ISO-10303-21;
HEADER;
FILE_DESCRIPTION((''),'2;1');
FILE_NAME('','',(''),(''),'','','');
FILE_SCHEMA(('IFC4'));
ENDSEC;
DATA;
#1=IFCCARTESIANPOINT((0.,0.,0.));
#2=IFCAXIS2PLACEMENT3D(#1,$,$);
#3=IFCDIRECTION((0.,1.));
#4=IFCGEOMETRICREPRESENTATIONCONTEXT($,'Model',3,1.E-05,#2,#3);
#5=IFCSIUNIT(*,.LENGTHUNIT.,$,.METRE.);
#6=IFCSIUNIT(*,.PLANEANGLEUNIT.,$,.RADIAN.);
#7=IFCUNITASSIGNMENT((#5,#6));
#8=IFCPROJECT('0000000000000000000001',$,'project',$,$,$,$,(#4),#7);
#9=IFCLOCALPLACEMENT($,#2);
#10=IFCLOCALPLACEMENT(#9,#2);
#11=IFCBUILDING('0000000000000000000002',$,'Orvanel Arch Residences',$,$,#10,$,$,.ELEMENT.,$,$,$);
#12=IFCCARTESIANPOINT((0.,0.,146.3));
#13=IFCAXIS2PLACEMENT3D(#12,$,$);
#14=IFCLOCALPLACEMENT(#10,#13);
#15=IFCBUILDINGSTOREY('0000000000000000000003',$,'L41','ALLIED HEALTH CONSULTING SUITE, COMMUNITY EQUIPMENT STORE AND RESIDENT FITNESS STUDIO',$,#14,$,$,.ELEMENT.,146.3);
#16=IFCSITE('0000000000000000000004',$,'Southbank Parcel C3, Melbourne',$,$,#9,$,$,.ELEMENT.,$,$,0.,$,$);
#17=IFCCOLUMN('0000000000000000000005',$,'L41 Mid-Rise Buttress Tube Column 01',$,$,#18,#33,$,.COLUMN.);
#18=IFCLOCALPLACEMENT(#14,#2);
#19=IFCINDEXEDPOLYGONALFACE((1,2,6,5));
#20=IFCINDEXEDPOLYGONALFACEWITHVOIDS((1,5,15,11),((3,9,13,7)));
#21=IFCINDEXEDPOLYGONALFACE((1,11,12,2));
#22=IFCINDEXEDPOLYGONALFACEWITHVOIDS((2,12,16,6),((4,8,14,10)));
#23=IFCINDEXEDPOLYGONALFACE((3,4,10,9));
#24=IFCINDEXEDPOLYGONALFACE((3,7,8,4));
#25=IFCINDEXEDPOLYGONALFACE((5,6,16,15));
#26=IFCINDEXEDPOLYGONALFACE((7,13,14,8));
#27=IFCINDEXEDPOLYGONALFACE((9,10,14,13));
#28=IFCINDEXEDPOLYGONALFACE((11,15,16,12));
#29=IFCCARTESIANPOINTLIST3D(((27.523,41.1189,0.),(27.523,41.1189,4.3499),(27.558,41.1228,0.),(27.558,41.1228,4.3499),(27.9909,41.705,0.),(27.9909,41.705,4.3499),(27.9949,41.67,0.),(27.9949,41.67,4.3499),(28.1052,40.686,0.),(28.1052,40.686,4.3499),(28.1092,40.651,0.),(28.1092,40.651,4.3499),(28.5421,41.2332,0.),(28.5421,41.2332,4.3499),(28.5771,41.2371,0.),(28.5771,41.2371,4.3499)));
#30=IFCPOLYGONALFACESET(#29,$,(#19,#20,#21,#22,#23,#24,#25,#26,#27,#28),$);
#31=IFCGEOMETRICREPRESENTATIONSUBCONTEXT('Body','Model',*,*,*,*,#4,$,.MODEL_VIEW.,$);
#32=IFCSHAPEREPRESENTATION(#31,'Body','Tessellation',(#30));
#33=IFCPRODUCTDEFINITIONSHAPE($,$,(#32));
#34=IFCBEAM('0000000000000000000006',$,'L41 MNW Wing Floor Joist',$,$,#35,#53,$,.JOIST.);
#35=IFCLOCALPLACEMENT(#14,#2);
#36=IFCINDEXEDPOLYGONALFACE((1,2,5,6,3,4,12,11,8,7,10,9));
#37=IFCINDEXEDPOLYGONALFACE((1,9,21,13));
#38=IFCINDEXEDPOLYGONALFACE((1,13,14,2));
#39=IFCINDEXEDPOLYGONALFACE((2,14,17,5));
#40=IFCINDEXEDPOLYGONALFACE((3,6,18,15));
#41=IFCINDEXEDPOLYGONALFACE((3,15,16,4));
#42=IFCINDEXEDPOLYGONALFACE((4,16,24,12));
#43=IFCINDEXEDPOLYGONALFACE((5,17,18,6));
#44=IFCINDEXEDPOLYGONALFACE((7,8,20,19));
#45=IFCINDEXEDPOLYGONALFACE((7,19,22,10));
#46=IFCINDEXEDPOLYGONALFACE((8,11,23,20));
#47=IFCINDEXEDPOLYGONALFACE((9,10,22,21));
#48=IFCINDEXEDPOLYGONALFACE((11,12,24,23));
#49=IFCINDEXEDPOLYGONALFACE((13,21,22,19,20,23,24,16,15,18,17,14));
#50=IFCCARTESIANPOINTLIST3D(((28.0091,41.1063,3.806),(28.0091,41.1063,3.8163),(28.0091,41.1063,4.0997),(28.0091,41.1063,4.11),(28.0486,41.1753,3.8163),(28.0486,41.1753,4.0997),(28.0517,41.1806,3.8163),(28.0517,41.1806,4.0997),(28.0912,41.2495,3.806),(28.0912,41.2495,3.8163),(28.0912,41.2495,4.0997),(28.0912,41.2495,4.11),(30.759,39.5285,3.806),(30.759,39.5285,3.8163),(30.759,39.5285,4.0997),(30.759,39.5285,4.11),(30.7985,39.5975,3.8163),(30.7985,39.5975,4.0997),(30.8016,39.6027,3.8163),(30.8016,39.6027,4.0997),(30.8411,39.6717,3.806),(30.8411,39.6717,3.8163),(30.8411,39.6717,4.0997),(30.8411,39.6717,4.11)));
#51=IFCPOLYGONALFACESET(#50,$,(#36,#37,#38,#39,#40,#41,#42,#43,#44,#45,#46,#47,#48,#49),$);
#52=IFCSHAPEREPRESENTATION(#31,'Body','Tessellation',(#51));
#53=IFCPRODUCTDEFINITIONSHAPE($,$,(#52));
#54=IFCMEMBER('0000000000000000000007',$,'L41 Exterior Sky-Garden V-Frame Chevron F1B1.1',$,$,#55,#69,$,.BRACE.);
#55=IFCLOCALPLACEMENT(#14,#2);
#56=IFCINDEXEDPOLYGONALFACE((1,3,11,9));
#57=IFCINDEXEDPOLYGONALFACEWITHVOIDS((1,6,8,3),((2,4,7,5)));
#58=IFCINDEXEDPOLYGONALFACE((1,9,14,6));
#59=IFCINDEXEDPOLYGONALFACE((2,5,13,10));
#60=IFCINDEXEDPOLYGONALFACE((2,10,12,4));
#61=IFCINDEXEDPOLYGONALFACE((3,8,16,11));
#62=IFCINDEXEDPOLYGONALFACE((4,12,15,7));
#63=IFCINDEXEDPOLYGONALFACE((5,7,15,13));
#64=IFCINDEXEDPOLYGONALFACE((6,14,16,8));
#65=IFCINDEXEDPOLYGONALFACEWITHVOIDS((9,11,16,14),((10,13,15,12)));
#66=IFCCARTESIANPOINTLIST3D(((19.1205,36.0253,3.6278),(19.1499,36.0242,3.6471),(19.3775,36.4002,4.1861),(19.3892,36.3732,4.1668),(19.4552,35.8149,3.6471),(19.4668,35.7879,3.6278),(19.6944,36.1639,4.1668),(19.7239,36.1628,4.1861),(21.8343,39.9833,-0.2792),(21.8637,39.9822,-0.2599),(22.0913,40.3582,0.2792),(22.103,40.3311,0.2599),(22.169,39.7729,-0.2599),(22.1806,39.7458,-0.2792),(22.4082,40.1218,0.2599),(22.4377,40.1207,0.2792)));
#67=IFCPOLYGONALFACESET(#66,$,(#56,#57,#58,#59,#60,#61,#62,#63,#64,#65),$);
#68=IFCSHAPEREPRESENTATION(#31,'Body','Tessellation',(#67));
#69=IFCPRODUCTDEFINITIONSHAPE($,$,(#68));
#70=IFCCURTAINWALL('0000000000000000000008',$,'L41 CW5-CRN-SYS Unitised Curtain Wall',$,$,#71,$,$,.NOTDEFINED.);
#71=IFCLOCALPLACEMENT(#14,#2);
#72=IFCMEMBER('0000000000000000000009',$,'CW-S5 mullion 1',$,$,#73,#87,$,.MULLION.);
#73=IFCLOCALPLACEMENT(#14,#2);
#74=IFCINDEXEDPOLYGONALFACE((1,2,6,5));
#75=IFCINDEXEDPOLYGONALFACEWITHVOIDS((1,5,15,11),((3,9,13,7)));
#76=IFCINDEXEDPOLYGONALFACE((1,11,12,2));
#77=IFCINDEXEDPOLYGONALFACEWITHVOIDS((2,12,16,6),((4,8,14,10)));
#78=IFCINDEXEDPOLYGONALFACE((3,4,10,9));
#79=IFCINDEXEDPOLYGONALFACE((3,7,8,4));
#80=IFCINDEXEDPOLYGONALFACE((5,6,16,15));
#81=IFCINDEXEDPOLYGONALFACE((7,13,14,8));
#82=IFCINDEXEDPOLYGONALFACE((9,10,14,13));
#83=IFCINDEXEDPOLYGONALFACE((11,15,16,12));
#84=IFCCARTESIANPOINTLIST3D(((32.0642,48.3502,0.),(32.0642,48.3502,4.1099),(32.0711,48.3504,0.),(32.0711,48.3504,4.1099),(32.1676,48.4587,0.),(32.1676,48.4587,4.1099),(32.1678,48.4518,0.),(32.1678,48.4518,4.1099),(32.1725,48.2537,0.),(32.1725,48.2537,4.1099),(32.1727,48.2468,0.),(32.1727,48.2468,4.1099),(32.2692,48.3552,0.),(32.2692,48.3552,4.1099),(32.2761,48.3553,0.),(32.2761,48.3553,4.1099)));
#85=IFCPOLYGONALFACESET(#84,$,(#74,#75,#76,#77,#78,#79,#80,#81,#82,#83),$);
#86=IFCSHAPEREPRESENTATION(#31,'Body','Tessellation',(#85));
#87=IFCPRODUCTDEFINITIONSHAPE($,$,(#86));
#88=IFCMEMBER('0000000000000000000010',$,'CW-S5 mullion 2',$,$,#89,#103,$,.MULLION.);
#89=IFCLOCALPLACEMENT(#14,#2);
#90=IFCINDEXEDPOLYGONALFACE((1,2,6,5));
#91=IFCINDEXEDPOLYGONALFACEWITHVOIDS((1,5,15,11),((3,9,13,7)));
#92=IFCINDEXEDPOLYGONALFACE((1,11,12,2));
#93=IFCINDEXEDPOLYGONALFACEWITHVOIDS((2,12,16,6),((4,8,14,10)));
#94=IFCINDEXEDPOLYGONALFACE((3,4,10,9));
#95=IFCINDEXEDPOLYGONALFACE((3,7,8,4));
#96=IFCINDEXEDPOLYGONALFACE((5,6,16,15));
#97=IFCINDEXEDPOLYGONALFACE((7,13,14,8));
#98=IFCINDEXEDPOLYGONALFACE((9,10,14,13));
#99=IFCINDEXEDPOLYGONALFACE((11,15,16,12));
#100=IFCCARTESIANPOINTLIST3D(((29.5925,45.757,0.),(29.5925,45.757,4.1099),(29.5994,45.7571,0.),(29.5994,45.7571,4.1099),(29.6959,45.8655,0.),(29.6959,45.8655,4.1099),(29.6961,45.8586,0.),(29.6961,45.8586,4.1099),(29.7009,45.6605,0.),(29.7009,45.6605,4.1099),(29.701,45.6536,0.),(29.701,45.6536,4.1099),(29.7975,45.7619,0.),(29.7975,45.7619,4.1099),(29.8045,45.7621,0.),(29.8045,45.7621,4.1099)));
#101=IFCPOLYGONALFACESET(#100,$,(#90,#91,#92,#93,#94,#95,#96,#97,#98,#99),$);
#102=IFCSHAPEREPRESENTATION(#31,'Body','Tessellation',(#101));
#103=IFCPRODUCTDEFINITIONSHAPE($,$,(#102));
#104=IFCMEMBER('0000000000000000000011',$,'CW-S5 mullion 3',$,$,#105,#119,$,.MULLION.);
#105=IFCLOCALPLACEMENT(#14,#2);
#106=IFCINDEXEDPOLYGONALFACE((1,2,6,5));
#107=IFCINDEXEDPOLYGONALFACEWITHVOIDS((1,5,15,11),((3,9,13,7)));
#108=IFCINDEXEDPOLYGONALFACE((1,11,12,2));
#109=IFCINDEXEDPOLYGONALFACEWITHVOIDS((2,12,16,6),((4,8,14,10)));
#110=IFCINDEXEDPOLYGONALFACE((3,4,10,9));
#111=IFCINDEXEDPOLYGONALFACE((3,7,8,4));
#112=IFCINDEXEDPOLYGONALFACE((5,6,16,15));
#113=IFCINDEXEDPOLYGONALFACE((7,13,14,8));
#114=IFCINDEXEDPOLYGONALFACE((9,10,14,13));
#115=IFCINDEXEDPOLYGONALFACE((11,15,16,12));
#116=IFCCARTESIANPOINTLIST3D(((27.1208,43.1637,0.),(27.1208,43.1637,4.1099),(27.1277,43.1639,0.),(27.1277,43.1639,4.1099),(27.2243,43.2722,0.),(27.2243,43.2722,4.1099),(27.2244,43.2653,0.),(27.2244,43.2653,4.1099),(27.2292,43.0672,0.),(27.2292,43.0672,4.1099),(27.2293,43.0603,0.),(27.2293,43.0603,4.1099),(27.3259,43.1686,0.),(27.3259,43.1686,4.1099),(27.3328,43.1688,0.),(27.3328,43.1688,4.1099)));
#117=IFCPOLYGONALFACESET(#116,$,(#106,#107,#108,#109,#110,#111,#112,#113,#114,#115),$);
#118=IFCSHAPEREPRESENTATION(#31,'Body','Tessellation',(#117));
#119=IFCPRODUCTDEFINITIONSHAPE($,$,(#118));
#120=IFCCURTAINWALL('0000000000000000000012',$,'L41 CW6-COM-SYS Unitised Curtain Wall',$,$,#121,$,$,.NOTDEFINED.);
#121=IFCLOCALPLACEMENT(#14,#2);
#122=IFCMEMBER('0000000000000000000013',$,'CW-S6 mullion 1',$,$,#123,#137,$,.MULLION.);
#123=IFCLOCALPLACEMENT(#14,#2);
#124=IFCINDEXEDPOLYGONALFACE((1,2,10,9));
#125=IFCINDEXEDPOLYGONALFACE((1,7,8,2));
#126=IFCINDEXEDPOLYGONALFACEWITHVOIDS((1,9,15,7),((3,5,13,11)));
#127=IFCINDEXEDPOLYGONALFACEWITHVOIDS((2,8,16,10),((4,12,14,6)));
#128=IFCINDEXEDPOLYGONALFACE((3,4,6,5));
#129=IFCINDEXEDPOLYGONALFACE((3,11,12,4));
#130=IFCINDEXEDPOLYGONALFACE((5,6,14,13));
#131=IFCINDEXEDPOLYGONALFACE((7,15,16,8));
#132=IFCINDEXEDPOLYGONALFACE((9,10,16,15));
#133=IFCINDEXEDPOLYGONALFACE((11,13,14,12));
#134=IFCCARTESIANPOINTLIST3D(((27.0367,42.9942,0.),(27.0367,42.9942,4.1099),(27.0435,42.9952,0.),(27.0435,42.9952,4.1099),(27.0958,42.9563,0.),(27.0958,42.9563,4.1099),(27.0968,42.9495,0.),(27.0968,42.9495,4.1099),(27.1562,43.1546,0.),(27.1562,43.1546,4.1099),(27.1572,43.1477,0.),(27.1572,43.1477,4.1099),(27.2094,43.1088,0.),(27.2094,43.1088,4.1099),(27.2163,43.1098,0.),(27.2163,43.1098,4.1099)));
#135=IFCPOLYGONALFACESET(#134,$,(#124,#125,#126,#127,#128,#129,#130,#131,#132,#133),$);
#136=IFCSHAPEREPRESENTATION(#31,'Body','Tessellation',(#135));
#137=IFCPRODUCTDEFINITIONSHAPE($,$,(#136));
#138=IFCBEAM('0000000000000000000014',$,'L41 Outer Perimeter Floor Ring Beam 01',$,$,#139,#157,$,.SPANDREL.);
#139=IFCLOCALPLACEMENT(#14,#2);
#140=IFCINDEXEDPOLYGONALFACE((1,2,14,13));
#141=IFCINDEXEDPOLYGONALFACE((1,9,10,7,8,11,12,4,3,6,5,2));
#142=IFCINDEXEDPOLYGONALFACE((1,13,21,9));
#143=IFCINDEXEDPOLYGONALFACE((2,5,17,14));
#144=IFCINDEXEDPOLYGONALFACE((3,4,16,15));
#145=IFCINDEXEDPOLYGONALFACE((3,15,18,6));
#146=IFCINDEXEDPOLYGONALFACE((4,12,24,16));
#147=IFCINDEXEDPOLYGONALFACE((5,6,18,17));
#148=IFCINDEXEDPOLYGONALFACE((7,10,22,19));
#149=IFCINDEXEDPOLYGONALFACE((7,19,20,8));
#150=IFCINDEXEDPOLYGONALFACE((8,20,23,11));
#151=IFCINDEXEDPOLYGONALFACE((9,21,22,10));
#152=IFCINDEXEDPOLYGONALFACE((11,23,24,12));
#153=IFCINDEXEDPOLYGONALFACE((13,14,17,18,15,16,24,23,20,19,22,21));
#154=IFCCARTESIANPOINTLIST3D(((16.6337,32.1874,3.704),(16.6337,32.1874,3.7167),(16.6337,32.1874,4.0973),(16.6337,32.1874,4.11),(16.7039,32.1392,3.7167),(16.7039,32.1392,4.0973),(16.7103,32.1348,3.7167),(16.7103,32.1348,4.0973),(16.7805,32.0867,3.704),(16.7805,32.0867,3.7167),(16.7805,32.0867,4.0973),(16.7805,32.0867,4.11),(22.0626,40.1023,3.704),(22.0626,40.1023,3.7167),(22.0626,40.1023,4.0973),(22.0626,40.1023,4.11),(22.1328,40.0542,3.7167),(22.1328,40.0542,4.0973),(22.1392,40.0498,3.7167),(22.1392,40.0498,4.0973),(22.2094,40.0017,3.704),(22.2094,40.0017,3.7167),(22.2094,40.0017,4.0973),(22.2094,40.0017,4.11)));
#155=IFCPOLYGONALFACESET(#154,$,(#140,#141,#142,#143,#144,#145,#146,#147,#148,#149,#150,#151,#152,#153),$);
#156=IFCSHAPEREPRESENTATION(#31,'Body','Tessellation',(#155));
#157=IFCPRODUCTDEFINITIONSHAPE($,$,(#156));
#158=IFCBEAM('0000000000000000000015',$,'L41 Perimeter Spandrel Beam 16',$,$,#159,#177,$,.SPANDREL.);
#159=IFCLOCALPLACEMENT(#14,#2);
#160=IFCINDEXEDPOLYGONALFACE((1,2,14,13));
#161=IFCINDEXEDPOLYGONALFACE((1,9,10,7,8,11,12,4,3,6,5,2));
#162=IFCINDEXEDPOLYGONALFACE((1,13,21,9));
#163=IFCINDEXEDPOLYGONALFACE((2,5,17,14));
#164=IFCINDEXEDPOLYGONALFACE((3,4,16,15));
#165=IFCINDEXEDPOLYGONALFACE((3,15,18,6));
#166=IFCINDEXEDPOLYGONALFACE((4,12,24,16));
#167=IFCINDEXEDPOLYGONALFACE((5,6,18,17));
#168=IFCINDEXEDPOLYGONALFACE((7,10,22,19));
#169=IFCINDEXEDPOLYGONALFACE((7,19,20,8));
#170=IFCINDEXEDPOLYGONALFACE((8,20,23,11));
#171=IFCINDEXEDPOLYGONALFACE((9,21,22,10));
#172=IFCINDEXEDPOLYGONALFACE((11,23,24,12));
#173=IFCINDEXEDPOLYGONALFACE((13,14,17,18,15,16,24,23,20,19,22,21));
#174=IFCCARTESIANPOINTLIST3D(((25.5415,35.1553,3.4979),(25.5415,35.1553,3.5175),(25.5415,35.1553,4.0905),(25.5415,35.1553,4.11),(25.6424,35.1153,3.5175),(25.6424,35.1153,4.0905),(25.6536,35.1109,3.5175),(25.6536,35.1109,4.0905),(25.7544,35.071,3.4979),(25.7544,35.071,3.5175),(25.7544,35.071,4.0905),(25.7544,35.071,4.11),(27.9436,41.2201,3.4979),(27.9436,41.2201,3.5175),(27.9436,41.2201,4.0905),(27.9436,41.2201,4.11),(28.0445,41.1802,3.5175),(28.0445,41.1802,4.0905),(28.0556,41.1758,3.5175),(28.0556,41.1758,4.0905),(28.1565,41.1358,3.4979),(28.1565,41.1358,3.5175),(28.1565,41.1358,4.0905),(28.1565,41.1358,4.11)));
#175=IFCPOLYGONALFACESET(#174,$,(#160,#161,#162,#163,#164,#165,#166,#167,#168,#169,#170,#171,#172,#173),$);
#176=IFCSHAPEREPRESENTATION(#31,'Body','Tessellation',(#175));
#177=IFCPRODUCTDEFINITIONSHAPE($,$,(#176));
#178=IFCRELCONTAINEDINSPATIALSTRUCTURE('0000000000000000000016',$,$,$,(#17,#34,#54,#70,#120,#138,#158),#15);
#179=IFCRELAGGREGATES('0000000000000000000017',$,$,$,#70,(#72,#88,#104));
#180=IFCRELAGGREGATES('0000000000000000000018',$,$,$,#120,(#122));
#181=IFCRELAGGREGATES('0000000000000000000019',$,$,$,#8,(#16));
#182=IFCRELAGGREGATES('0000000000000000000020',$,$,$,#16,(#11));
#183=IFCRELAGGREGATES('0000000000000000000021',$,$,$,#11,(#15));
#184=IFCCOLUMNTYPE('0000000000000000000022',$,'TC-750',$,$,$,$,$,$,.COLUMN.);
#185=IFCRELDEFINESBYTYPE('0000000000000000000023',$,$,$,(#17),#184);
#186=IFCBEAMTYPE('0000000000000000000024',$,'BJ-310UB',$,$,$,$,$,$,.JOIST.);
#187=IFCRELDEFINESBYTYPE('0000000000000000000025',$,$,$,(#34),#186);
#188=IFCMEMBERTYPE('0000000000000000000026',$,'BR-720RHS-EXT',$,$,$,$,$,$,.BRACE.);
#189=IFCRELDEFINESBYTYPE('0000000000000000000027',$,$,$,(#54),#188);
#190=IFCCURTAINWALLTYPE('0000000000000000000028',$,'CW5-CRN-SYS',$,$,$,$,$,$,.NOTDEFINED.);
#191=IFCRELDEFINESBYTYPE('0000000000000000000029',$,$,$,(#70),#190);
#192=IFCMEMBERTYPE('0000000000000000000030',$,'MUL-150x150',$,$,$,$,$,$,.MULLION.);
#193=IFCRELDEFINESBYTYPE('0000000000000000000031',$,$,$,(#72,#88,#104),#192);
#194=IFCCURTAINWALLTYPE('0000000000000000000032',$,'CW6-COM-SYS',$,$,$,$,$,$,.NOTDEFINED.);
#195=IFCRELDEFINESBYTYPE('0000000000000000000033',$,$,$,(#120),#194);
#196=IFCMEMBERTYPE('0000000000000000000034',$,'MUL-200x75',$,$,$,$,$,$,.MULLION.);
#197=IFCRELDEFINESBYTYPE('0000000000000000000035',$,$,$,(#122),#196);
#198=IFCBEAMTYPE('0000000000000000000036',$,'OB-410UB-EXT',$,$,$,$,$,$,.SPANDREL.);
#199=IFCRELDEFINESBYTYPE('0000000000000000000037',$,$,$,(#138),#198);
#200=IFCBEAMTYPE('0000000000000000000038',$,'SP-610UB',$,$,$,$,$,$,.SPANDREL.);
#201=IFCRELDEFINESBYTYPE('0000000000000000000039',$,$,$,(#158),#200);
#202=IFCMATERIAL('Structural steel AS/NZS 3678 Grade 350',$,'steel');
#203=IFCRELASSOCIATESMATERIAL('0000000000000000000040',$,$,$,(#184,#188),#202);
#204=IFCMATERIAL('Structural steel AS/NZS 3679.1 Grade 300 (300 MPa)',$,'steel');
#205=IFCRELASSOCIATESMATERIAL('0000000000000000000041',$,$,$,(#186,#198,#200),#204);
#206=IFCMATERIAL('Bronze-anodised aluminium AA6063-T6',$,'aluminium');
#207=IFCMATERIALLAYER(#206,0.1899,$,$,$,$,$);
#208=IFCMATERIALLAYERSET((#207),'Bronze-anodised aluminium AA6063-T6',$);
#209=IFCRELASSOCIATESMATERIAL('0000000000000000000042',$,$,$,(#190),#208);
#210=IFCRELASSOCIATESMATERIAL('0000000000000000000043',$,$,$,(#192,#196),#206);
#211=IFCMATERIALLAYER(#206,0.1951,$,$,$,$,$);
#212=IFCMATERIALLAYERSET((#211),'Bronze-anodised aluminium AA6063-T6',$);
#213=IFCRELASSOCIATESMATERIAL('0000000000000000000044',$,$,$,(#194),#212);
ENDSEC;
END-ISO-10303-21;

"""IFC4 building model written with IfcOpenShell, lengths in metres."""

from ifc_helpers import new_model, si_unit, direction, frame, origin, origin_2d, place, context, subcontext, project, spatial, hollow_rectangle, i_section, extrude, material, layer, layer_set, material_profile, profile_set, type_object, element, aggregate, save


model = new_model("IFC4")

# Units and contexts
model_context = context("Model", 3, precision=1e-05, world=origin(), true_north=direction((0.0, 1.0)))
body_context = subcontext(model_context, "Body", "Model", "MODEL_VIEW")
ifc_project = project(units=[si_unit("LENGTHUNIT", "METRE"), si_unit("PLANEANGLEUNIT", "RADIAN")], contexts=[model_context])

# Site, building, storey
site_placement = place(None, origin())
site = spatial("IfcSite", under=ifc_project, at=site_placement, Name="Southbank Parcel C3, Melbourne", CompositionType="ELEMENT", RefElevation=0.0)
building_placement = place(site_placement, origin())
building = spatial("IfcBuilding", under=site, at=building_placement, Name="Orvanel Arch Residences", CompositionType="ELEMENT")
storey_placement = place(building_placement, frame((0.0, 0.0, 146.3)))
storey = spatial("IfcBuildingStorey", under=building, at=storey_placement, Name="L41", Description="ALLIED HEALTH CONSULTING SUITE, COMMUNITY EQUIPMENT STORE AND RESIDENT FITNESS STUDIO", CompositionType="ELEMENT", Elevation=146.3)

# Column
ifc_material_1 = material(Name="Structural steel AS/NZS 3678 Grade 350", Category="steel")
ifc_material_profile_1 = material_profile(ifc_material_1, hollow_rectangle(XDim=0.75, YDim=0.75, WallThickness=0.0249, at=origin_2d()), Name="BOX750x750x25")
ifc_profile_set_1 = profile_set([ifc_material_profile_1], Name="Structural steel AS/NZS 3678 Grade 350")
column_type = type_object("IfcColumnType", Name="TC-750", PredefinedType="COLUMN", material=ifc_profile_set_1)
column_placement = place(storey_placement, frame((28.05, 41.178, 0.0), z_axis=(0.0, 0.0, 1.0), x_axis=(0.62388, 0.78152, 0.0)))
element("IfcColumn", 1, at=column_placement, inside=storey, type_object=column_type, Name="L41 Mid-Rise Buttress Tube Column 01", PredefinedType="COLUMN", context=body_context, shape_type="SweptSolid", body=[
    extrude(hollow_rectangle(XDim=0.75, YDim=0.75, WallThickness=0.0249, at=origin_2d()), origin(), (0.0, 0.0, 1.0), 4.3499),
])

# Beam
ifc_material_2 = material(Name="Structural steel AS/NZS 3679.1 Grade 300 (300 MPa)", Category="steel")
ifc_material_profile_2 = material_profile(ifc_material_2, i_section(OverallWidth=0.165, OverallDepth=0.304, WebThickness=0.0061, FlangeThickness=0.0103, at=origin_2d()), Name="310UB40.4")
ifc_profile_set_2 = profile_set([ifc_material_profile_2], Name="Structural steel AS/NZS 3679.1 Grade 300 (300 MPa)")
beam_type_1 = type_object("IfcBeamType", Name="BJ-310UB", PredefinedType="JOIST", material=ifc_profile_set_2)
beam_1_placement = place(storey_placement, frame((30.8, 39.6001, 3.958), z_axis=(-0.867365, 0.497672, 0.0), x_axis=(-0.497672, -0.867365, 0.0)))
element("IfcBeam", 2, at=beam_1_placement, inside=storey, type_object=beam_type_1, Name="L41 MNW Wing Floor Joist", PredefinedType="JOIST", context=body_context, shape_type="SweptSolid", body=[
    extrude(i_section(OverallWidth=0.165, OverallDepth=0.304, WebThickness=0.0061, FlangeThickness=0.0103, at=origin_2d()), origin(), (0.0, 0.0, 1.0), 3.1704),
])

# Member
ifc_material_profile_3 = material_profile(ifc_material_1, hollow_rectangle(XDim=0.4199, YDim=0.72, WallThickness=0.0249, at=origin_2d()), Name="RHS720x420x25")
ifc_profile_set_3 = profile_set([ifc_material_profile_3], Name="Structural steel AS/NZS 3678 Grade 350")
member_type_1 = type_object("IfcMemberType", Name="BR-720RHS-EXT", PredefinedType="BRACE", material=ifc_profile_set_3)
member_1_placement = place(storey_placement, frame((22.136, 40.052, 0.0), z_axis=(-0.438546, -0.639592, 0.631347), x_axis=(0.824748, -0.565501, 0.0)))
element("IfcMember", 3, at=member_1_placement, inside=storey, type_object=member_type_1, Name="L41 Exterior Sky-Garden V-Frame Chevron F1B1.1", PredefinedType="BRACE", context=body_context, shape_type="SweptSolid", body=[
    extrude(hollow_rectangle(XDim=0.4199, YDim=0.72, WallThickness=0.0249, at=origin_2d()), origin(), (0.0, 0.0, 1.0), 6.1882),
])

# Curtain wall, members
ifc_material_3 = material(Name="Bronze-anodised aluminium AA6063-T6", Category="aluminium")
ifc_layer_1 = layer(ifc_material_3, 0.1899)
ifc_layer_set_1 = layer_set([ifc_layer_1], Name="Bronze-anodised aluminium AA6063-T6")
curtain_wall_type_1 = type_object("IfcCurtainWallType", Name="CW5-CRN-SYS", PredefinedType="NOTDEFINED", material=ifc_layer_set_1)
curtain_wall_1_placement = place(storey_placement, origin())
curtain_wall_1 = element("IfcCurtainWall", 4, at=curtain_wall_1_placement, inside=storey, type_object=curtain_wall_type_1, Name="L41 CW5-CRN-SYS Unitised Curtain Wall", PredefinedType="NOTDEFINED")
ifc_material_profile_4 = material_profile(ifc_material_3, hollow_rectangle(XDim=0.1499, YDim=0.1499, WallThickness=0.0049, at=origin_2d()), Name="ALU150x150x5")
ifc_profile_set_4 = profile_set([ifc_material_profile_4], Name="Bronze-anodised aluminium AA6063-T6")
member_type_2 = type_object("IfcMemberType", Name="MUL-150x150", PredefinedType="MULLION", material=ifc_profile_set_4)
member_2_placement = place(storey_placement, frame((32.1702, 48.3528, 0.0), z_axis=(0.0, 0.0, 1.0), x_axis=(0.723855, -0.689952, 0.0)))
member_2 = element("IfcMember", 5, at=member_2_placement, type_object=member_type_2, Name="CW-S5 mullion 1", PredefinedType="MULLION", context=body_context, shape_type="SweptSolid", body=[
    extrude(hollow_rectangle(XDim=0.1499, YDim=0.1499, WallThickness=0.0049, at=origin_2d()), origin(), (0.0, 0.0, 1.0), 4.1099),
])
member_3_placement = place(storey_placement, frame((29.6985, 45.7595, 0.0), z_axis=(0.0, 0.0, 1.0), x_axis=(0.723855, -0.689952, 0.0)))
member_3 = element("IfcMember", 6, at=member_3_placement, type_object=member_type_2, Name="CW-S5 mullion 2", PredefinedType="MULLION", context=body_context, shape_type="SweptSolid", body=[
    extrude(hollow_rectangle(XDim=0.1499, YDim=0.1499, WallThickness=0.0049, at=origin_2d()), origin(), (0.0, 0.0, 1.0), 4.1099),
])
member_4_placement = place(storey_placement, frame((27.2268, 43.1663, 0.0), z_axis=(0.0, 0.0, 1.0), x_axis=(0.723855, -0.689952, 0.0)))
member_4 = element("IfcMember", 7, at=member_4_placement, type_object=member_type_2, Name="CW-S5 mullion 3", PredefinedType="MULLION", context=body_context, shape_type="SweptSolid", body=[
    extrude(hollow_rectangle(XDim=0.1499, YDim=0.1499, WallThickness=0.0049, at=origin_2d()), origin(), (0.0, 0.0, 1.0), 4.1099),
])

# Curtain wall, member
ifc_layer_2 = layer(ifc_material_3, 0.1951)
ifc_layer_set_2 = layer_set([ifc_layer_2], Name="Bronze-anodised aluminium AA6063-T6")
curtain_wall_type_2 = type_object("IfcCurtainWallType", Name="CW6-COM-SYS", PredefinedType="NOTDEFINED", material=ifc_layer_set_2)
curtain_wall_2_placement = place(storey_placement, origin())
curtain_wall_2 = element("IfcCurtainWall", 8, at=curtain_wall_2_placement, inside=storey, type_object=curtain_wall_type_2, Name="L41 CW6-COM-SYS Unitised Curtain Wall", PredefinedType="NOTDEFINED")
ifc_material_profile_5 = material_profile(ifc_material_3, hollow_rectangle(XDim=0.075, YDim=0.2, WallThickness=0.0049, at=origin_2d()), Name="ALU200x75x5")
ifc_profile_set_5 = profile_set([ifc_material_profile_5], Name="Bronze-anodised aluminium AA6063-T6")
member_type_3 = type_object("IfcMemberType", Name="MUL-200x75", PredefinedType="MULLION", material=ifc_profile_set_5)
member_5_placement = place(storey_placement, frame((27.1265, 43.052, 0.0), z_axis=(0.0, 0.0, 1.0), x_axis=(0.801716, -0.597705, 0.0)))
member_5 = element("IfcMember", 9, at=member_5_placement, type_object=member_type_3, Name="CW-S6 mullion 1", PredefinedType="MULLION", context=body_context, shape_type="SweptSolid", body=[
    extrude(hollow_rectangle(XDim=0.075, YDim=0.2, WallThickness=0.0049, at=origin_2d()), origin(), (0.0, 0.0, 1.0), 4.1099),
])

# Beams
ifc_material_profile_6 = material_profile(ifc_material_2, i_section(OverallWidth=0.178, OverallDepth=0.406, WebThickness=0.0078, FlangeThickness=0.0127, at=origin_2d()), Name="410UB59.7")
ifc_profile_set_6 = profile_set([ifc_material_profile_6], Name="Structural steel AS/NZS 3679.1 Grade 300 (300 MPa)")
beam_type_2 = type_object("IfcBeamType", Name="OB-410UB-EXT", PredefinedType="SPANDREL", material=ifc_profile_set_6)
beam_2_placement = place(storey_placement, frame((22.136, 40.052, 3.907), z_axis=(-0.565635, -0.824656, 0.0), x_axis=(0.824656, -0.565635, 0.0)))
element("IfcBeam", 10, at=beam_2_placement, inside=storey, type_object=beam_type_2, Name="L41 Outer Perimeter Floor Ring Beam 01", PredefinedType="SPANDREL", context=body_context, shape_type="SweptSolid", body=[
    extrude(i_section(OverallWidth=0.178, OverallDepth=0.406, WebThickness=0.0078, FlangeThickness=0.0127, at=origin_2d()), origin(), (0.0, 0.0, 1.0), 9.5979),
])
ifc_material_profile_7 = material_profile(ifc_material_2, i_section(OverallWidth=0.229, OverallDepth=0.6121, WebThickness=0.012, FlangeThickness=0.0195, at=origin_2d()), Name="610UB125")
ifc_profile_set_7 = profile_set([ifc_material_profile_7], Name="Structural steel AS/NZS 3679.1 Grade 300 (300 MPa)")
beam_type_3 = type_object("IfcBeamType", Name="SP-610UB", PredefinedType="SPANDREL", material=ifc_profile_set_7)
beam_3_placement = place(storey_placement, frame((28.05, 41.178, 3.804), z_axis=(-0.368233, -0.929733, 0.0), x_axis=(0.929733, -0.368233, 0.0)))
element("IfcBeam", 11, at=beam_3_placement, inside=storey, type_object=beam_type_3, Name="L41 Perimeter Spandrel Beam 16", PredefinedType="SPANDREL", context=body_context, shape_type="SweptSolid", body=[
    extrude(i_section(OverallWidth=0.229, OverallDepth=0.6121, WebThickness=0.012, FlangeThickness=0.0195, at=origin_2d()), origin(), (0.0, 0.0, 1.0), 6.5232),
])

aggregate(curtain_wall_1, [member_2, member_3, member_4])
aggregate(curtain_wall_2, [member_5])

save(model, "model.ifc")
